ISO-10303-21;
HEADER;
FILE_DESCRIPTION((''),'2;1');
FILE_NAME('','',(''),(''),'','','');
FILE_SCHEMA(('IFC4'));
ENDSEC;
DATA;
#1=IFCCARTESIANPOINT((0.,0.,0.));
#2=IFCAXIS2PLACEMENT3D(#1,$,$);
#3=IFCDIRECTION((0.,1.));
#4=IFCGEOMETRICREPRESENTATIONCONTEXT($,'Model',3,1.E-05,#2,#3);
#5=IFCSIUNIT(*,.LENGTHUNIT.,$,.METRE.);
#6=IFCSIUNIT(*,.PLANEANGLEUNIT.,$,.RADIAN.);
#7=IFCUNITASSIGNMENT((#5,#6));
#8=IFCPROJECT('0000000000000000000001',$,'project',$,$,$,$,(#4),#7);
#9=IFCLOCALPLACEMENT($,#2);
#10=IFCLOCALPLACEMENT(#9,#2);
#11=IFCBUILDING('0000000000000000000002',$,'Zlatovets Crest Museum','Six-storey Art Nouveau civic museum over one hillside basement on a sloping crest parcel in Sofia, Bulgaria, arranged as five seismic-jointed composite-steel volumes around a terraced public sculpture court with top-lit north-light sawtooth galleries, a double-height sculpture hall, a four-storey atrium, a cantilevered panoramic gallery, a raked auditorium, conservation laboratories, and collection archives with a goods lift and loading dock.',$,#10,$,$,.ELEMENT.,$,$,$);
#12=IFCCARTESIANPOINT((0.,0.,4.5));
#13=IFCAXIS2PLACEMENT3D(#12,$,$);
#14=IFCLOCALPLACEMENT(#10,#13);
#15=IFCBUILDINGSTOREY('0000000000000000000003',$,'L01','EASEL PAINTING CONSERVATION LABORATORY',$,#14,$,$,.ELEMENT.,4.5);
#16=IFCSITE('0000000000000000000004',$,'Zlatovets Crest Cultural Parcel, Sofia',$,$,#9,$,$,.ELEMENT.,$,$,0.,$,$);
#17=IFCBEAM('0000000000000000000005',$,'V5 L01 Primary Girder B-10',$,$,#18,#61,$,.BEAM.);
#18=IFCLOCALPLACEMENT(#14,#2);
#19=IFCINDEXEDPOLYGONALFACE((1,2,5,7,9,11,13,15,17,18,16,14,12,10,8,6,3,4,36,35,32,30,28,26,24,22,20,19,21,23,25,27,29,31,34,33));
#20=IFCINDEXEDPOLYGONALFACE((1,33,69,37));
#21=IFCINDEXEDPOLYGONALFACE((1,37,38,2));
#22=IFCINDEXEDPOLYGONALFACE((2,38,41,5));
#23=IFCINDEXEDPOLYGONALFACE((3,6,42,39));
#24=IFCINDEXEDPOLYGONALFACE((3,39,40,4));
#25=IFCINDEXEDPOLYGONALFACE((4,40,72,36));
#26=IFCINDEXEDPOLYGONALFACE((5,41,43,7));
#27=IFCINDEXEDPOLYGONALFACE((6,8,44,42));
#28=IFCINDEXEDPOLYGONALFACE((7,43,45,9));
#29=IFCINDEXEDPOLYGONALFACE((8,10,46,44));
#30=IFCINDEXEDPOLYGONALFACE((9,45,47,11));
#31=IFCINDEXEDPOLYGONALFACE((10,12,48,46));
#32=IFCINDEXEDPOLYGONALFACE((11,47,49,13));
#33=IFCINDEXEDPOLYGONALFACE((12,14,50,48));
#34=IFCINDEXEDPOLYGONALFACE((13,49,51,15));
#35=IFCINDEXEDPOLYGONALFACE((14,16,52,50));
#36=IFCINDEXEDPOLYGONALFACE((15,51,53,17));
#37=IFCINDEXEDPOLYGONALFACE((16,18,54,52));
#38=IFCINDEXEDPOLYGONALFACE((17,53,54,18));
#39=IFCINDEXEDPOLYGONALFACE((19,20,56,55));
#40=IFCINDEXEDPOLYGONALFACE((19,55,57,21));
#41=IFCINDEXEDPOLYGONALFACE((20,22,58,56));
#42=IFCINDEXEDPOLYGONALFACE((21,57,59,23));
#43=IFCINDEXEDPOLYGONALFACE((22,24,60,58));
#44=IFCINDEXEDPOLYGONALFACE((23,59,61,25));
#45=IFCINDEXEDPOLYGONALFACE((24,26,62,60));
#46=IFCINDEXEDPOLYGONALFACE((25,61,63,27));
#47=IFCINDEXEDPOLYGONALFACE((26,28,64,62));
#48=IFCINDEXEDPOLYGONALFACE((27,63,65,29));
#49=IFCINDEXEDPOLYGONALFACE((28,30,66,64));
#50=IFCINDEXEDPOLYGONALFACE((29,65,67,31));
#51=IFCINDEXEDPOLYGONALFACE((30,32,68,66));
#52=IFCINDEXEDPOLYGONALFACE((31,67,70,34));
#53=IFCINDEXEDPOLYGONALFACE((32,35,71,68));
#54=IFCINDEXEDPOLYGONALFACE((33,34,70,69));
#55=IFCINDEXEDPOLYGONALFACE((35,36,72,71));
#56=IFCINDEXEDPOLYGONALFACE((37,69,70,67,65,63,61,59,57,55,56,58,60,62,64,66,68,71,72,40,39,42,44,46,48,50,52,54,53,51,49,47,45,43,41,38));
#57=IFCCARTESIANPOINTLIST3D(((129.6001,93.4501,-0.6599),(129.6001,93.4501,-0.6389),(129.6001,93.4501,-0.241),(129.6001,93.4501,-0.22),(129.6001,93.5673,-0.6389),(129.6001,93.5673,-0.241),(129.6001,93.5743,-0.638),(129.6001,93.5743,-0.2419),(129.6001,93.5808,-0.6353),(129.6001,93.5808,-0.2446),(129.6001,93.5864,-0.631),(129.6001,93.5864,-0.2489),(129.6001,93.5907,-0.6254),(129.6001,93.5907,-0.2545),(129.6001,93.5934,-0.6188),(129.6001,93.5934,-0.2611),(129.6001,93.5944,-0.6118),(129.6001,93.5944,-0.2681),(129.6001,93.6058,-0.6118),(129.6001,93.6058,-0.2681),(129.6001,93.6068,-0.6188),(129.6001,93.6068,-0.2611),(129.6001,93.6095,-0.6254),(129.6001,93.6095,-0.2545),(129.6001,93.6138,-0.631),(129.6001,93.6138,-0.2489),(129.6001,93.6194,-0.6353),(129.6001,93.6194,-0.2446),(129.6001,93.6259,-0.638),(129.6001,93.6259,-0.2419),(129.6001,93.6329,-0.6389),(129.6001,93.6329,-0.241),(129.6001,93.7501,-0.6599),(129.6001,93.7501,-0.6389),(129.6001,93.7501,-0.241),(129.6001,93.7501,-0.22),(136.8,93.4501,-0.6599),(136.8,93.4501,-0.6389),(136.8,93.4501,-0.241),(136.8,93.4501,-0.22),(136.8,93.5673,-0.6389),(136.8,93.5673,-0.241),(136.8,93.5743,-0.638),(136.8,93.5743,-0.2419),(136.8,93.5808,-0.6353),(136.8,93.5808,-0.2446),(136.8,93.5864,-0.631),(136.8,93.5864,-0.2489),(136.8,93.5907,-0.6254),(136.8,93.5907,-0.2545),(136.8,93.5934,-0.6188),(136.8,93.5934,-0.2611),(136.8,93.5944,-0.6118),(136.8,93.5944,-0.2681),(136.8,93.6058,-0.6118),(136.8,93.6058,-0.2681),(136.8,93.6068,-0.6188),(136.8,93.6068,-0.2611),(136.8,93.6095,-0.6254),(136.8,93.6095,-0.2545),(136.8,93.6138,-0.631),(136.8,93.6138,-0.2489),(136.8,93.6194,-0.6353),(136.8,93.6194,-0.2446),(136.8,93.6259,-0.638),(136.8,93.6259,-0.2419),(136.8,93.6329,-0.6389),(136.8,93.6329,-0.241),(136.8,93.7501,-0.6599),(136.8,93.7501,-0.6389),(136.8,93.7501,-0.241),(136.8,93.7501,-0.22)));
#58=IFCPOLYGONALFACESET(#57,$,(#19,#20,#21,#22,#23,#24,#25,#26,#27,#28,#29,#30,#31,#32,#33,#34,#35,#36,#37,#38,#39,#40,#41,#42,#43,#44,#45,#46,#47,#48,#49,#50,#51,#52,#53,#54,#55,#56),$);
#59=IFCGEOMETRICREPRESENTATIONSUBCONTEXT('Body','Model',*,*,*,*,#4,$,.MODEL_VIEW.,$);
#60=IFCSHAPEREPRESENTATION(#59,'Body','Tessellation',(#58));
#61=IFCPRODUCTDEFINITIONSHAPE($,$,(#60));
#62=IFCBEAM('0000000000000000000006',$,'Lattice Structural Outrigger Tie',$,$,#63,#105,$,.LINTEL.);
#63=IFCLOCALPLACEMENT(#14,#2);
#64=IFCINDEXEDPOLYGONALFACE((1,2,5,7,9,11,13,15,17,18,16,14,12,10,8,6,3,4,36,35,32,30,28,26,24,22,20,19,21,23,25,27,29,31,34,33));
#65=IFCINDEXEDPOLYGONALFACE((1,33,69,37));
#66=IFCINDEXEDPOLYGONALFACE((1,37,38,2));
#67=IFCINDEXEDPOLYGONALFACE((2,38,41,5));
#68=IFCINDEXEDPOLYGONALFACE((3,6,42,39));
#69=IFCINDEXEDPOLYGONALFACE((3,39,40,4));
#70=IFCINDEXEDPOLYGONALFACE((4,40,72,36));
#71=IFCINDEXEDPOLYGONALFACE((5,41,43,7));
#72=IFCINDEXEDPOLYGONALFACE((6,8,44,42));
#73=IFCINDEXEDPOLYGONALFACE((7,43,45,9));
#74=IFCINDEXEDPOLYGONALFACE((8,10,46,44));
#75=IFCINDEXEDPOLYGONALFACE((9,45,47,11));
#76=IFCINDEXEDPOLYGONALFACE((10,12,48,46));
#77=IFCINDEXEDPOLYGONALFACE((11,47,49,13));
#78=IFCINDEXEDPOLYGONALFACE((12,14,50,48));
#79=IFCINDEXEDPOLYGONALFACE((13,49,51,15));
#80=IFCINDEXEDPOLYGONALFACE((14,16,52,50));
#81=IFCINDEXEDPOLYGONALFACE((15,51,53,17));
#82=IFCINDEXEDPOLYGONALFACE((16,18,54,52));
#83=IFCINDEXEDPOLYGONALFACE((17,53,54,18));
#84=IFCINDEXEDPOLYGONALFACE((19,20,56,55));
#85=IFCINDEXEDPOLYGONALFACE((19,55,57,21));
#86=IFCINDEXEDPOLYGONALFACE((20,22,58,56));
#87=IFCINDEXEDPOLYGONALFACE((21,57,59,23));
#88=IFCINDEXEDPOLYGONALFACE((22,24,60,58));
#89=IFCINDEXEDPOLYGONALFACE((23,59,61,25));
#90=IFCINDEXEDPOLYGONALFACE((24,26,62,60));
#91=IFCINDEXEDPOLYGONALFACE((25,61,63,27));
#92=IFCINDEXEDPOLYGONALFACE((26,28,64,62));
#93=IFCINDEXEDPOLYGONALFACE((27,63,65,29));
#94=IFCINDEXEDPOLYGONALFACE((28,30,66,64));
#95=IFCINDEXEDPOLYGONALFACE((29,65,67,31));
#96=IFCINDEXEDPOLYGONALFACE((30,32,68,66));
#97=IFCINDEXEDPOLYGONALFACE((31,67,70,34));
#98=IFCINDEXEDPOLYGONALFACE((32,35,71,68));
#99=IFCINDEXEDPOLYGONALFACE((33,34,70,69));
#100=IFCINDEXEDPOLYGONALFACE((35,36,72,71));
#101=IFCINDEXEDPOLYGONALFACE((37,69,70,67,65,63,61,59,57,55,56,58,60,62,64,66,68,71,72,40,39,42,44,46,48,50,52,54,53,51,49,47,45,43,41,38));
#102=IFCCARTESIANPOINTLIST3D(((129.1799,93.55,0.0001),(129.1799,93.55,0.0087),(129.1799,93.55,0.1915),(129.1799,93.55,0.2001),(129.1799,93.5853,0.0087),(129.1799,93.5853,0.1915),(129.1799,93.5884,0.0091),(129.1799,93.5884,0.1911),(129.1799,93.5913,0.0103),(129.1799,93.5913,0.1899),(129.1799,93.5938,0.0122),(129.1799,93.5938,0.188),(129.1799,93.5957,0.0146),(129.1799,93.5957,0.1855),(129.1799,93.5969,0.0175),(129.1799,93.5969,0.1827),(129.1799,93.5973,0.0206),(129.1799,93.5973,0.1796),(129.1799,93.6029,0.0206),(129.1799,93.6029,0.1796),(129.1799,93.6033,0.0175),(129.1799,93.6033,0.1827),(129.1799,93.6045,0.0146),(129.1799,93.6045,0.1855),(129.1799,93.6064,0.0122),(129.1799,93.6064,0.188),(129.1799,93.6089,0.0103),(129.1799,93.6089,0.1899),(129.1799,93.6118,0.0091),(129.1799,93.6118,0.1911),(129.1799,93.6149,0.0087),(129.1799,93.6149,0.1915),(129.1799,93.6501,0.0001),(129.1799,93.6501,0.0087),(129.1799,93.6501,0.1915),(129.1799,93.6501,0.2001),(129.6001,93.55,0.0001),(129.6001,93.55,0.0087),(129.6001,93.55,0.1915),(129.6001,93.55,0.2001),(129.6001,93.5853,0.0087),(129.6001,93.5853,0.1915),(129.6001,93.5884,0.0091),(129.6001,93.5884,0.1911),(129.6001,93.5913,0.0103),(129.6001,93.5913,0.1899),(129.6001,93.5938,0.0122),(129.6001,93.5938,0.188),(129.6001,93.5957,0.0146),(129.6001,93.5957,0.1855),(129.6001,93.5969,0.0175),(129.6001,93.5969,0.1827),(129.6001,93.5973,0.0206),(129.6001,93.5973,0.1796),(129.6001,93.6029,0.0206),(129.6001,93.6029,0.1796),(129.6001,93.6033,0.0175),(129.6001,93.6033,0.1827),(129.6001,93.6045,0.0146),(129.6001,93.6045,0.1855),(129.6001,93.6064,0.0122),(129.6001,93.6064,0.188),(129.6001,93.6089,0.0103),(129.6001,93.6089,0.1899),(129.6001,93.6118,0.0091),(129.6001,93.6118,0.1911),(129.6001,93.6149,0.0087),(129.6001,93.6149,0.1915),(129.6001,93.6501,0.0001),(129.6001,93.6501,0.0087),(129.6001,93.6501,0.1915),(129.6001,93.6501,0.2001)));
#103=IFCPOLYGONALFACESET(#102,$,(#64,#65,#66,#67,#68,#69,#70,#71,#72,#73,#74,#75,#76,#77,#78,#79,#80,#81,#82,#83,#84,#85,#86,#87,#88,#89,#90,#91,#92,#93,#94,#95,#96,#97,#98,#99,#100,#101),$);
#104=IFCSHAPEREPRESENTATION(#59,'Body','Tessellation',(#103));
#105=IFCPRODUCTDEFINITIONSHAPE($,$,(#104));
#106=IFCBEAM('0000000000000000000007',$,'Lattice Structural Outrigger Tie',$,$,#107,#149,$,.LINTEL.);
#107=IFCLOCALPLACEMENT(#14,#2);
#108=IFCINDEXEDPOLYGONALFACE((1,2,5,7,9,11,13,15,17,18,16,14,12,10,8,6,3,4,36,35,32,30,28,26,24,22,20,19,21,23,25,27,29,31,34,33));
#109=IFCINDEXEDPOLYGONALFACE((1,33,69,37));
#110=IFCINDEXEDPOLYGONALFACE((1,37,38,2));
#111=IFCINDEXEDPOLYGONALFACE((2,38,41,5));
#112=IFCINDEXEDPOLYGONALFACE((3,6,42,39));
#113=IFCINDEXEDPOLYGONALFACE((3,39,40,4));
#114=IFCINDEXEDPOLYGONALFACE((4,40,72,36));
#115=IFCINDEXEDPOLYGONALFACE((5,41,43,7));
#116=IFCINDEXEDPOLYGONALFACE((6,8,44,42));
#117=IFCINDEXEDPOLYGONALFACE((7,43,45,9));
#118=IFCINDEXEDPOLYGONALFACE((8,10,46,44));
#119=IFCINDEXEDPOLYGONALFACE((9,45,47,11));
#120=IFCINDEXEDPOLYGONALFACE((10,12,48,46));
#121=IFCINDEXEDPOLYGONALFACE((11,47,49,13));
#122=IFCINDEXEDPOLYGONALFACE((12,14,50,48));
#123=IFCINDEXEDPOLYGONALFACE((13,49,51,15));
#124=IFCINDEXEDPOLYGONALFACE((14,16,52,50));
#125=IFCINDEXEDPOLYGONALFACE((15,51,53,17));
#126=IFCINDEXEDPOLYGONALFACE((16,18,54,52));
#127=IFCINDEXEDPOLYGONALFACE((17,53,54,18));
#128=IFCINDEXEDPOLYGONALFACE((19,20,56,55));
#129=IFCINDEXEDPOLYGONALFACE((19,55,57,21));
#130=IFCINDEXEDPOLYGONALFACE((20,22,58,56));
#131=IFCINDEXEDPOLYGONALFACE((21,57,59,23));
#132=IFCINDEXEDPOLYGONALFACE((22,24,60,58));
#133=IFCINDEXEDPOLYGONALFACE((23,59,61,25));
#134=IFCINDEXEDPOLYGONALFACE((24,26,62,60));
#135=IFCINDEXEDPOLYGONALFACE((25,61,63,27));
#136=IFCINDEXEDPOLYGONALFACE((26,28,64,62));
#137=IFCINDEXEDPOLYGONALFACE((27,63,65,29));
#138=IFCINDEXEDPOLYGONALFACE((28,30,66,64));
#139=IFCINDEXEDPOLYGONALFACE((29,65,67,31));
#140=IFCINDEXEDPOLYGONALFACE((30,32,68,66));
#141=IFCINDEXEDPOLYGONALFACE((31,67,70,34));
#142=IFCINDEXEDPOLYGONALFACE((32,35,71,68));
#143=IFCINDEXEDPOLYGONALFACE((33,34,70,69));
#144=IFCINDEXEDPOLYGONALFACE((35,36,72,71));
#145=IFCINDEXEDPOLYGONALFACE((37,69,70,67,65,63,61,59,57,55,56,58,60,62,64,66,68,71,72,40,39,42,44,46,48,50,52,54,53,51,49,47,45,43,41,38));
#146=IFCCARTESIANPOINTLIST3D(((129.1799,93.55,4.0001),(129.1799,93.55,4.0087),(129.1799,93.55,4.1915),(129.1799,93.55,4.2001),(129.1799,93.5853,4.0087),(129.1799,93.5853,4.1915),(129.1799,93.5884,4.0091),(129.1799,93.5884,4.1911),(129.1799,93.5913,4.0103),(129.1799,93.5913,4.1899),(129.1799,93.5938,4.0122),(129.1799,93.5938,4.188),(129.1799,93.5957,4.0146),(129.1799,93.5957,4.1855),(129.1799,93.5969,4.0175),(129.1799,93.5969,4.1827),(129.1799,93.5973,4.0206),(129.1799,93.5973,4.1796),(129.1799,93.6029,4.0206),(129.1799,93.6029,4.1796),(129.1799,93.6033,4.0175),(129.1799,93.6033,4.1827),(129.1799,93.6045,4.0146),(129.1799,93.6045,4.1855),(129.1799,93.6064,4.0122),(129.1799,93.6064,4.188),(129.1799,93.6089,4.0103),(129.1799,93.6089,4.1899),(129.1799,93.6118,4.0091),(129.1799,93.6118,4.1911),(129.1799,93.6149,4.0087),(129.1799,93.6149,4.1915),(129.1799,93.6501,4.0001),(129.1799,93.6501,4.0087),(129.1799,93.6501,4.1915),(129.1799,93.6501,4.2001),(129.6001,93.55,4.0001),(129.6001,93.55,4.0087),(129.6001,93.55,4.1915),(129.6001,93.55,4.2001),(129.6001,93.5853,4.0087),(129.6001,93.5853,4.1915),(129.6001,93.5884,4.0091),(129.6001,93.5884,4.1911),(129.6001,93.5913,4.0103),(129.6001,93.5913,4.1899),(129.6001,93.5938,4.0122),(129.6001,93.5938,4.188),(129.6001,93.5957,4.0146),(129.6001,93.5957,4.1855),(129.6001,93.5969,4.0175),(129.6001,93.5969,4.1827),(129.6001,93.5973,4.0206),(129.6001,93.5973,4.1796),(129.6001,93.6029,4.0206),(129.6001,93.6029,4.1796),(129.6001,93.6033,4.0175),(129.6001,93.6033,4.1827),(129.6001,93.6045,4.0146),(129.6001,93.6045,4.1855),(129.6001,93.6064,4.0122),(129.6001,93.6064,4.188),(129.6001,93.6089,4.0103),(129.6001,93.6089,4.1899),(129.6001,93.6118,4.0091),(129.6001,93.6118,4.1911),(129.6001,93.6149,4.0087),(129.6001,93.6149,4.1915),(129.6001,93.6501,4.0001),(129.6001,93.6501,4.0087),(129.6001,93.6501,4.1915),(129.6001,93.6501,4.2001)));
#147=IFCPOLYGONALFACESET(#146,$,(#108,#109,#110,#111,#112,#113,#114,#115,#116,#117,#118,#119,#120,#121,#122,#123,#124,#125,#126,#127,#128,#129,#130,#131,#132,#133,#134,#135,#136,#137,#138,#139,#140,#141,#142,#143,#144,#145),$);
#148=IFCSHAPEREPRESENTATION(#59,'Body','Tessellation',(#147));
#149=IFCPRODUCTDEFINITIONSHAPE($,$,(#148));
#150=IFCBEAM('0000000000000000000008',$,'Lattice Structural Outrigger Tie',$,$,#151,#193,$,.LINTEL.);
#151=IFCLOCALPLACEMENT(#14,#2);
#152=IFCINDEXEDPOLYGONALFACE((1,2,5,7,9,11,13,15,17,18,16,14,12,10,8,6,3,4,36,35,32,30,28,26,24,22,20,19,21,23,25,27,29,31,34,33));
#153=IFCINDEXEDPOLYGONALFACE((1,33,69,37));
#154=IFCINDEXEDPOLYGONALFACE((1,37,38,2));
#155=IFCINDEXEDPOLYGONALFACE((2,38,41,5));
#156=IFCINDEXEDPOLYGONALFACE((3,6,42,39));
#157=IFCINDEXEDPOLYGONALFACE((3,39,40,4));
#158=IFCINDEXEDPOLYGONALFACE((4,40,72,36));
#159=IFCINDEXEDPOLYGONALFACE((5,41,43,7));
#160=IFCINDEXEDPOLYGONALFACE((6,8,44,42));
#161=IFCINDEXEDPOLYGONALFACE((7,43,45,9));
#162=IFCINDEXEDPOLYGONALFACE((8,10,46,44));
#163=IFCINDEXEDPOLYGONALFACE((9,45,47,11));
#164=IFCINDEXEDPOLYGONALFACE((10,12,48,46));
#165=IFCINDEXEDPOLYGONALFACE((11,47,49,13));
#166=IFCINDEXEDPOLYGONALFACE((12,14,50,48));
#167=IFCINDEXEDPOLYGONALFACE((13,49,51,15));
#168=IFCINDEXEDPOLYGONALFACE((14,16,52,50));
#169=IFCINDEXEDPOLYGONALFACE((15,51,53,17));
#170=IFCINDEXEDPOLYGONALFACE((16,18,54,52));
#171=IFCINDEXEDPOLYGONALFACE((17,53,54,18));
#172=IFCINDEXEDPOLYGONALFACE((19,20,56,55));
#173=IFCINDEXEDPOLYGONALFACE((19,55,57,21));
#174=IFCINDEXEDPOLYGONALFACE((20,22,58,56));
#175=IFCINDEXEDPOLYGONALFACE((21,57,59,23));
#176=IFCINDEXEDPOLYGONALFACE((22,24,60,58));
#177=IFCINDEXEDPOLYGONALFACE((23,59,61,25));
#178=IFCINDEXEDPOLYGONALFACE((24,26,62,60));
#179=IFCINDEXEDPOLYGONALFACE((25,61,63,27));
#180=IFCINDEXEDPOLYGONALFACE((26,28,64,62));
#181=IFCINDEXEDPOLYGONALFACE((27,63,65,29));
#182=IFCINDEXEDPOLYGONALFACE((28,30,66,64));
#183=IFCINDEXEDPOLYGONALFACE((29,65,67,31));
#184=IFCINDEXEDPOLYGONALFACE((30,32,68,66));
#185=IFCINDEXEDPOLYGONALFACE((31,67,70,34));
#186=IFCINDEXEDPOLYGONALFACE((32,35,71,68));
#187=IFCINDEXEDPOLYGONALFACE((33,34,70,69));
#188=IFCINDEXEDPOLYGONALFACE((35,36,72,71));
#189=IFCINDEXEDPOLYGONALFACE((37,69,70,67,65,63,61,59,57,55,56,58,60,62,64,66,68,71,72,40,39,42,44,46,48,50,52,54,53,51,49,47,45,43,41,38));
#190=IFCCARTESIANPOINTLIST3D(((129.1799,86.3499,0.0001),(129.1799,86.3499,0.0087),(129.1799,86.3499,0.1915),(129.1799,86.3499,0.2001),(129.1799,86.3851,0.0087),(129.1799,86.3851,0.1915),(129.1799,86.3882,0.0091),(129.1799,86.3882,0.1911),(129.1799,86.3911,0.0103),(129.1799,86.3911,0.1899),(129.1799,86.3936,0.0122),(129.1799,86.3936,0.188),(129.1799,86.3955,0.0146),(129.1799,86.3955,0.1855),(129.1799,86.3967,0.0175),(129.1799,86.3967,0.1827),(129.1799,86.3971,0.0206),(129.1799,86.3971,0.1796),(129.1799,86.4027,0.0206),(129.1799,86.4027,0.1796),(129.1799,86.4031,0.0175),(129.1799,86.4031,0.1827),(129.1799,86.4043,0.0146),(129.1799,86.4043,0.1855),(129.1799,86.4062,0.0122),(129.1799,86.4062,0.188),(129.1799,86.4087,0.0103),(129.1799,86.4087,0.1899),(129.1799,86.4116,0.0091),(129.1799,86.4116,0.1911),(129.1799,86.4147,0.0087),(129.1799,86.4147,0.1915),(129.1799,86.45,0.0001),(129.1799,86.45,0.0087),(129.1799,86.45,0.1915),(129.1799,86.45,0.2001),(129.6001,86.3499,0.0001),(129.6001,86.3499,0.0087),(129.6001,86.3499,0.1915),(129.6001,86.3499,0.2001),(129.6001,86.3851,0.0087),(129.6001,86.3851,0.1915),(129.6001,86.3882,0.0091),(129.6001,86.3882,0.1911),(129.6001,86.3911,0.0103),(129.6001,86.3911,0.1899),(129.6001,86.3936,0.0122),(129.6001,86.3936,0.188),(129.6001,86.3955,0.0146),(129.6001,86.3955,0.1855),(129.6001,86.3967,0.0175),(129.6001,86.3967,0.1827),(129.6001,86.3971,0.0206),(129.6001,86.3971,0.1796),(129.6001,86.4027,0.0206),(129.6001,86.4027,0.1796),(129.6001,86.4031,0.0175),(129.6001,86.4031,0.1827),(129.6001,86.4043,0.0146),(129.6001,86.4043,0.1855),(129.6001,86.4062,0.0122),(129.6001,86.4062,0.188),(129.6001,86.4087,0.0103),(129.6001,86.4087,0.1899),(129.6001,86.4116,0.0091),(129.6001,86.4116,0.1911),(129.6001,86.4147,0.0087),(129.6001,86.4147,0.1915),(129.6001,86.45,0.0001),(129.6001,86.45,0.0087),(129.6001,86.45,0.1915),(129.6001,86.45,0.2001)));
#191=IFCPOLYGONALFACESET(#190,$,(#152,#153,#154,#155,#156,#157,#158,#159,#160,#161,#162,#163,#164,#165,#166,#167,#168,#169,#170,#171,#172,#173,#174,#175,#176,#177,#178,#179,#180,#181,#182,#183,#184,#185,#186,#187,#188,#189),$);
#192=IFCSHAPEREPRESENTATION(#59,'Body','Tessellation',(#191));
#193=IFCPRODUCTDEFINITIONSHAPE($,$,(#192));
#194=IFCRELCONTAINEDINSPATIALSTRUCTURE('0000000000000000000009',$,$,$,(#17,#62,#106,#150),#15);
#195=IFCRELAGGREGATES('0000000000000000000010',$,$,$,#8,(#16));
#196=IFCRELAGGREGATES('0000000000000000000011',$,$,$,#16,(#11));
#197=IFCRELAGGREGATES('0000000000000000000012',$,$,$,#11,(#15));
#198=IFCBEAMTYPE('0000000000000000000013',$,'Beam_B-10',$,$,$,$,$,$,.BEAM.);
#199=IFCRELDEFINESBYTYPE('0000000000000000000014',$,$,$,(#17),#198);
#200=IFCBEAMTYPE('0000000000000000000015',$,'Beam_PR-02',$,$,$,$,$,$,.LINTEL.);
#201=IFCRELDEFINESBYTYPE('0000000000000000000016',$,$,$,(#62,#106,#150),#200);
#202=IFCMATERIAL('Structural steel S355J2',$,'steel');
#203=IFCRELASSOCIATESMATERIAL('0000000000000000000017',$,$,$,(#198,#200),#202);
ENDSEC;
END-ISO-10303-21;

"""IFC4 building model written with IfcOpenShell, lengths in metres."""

from ifc_helpers import new_model, si_unit, direction, frame, origin, origin_2d, place, context, subcontext, project, spatial, i_section, extrude, material, material_profile, profile_set, type_object, element, save


model = new_model("IFC4")

# Units and contexts
model_context = context("Model", 3, precision=1e-05, world=origin(), true_north=direction((0.0, 1.0)))
body_context = subcontext(model_context, "Body", "Model", "MODEL_VIEW")
ifc_project = project(units=[si_unit("LENGTHUNIT", "METRE"), si_unit("PLANEANGLEUNIT", "RADIAN")], contexts=[model_context])

# Site, building, storey
site_placement = place(None, origin())
site = spatial("IfcSite", under=ifc_project, at=site_placement, Name="Zlatovets Crest Cultural Parcel, Sofia", CompositionType="ELEMENT", RefElevation=0.0)
building_placement = place(site_placement, origin())
building = spatial("IfcBuilding", under=site, at=building_placement, Name="Zlatovets Crest Museum", Description="Six-storey Art Nouveau civic museum over one hillside basement on a sloping crest parcel in Sofia, Bulgaria, arranged as five seismic-jointed composite-steel volumes around a terraced public sculpture court with top-lit north-light sawtooth galleries, a double-height sculpture hall, a four-storey atrium, a cantilevered panoramic gallery, a raked auditorium, conservation laboratories, and collection archives with a goods lift and loading dock.", CompositionType="ELEMENT")
storey_placement = place(building_placement, frame((0.0, 0.0, 4.5)))
storey = spatial("IfcBuildingStorey", under=building, at=storey_placement, Name="L01", Description="EASEL PAINTING CONSERVATION LABORATORY", CompositionType="ELEMENT", Elevation=4.5)

# Shared definitions
ifc_material_1 = material(Name="Structural steel S355J2", Category="steel")

# Beams
ifc_material_profile_1 = material_profile(ifc_material_1, i_section(OverallWidth=0.3, OverallDepth=0.4399, WebThickness=0.0115, FlangeThickness=0.021, FilletRadius=0.0271, at=origin_2d()), Name="HEA 450")
ifc_profile_set_1 = profile_set([ifc_material_profile_1], Name="Structural steel S355J2")
beam_type_1 = type_object("IfcBeamType", Name="Beam_B-10", PredefinedType="BEAM", material=ifc_profile_set_1)
beam_1_placement = place(storey_placement, frame((129.6001, 93.6001, -0.4399), z_axis=(1.0, 0.0, 0.0), x_axis=(0.0, 1.0, 0.0)))
element("IfcBeam", 1, at=beam_1_placement, inside=storey, type_object=beam_type_1, Name="V5 L01 Primary Girder B-10", PredefinedType="BEAM", context=body_context, shape_type="SweptSolid", body=[
    extrude(i_section(OverallWidth=0.3, OverallDepth=0.4399, WebThickness=0.0115, FlangeThickness=0.021, FilletRadius=0.0271, at=origin_2d()), origin(), (0.0, 0.0, 1.0), 7.2),
])
ifc_material_profile_2 = material_profile(ifc_material_1, i_section(OverallWidth=0.1001, OverallDepth=0.2, WebThickness=0.0056, FlangeThickness=0.0085, FilletRadius=0.012, at=origin_2d()), Name="IPE 200")
ifc_profile_set_2 = profile_set([ifc_material_profile_2], Name="Structural steel S355J2")
beam_type_2 = type_object("IfcBeamType", Name="Beam_PR-02", PredefinedType="LINTEL", material=ifc_profile_set_2)
for number, where, z_axis, x_axis, name in (
    (2, (129.6001, 93.6001, 0.1001), (-1.0, 0.0, 0.0), (0.0, -1.0, 0.0), "Lattice Structural Outrigger Tie"),
    (3, (129.6001, 93.6001, 4.1001), (-1.0, 0.0, 0.0), (0.0, -1.0, 0.0), "Lattice Structural Outrigger Tie"),
    (4, (129.6001, 86.3999, 0.1001), (-1.0, 0.0, 0.0), (0.0, -1.0, 0.0), "Lattice Structural Outrigger Tie"),
):
    element("IfcBeam", number, at=place(storey_placement, frame(where, z_axis=z_axis, x_axis=x_axis)), inside=storey, type_object=beam_type_2, Name=name, PredefinedType="LINTEL", context=body_context, shape_type="SweptSolid", body=[
        extrude(i_section(OverallWidth=0.1001, OverallDepth=0.2, WebThickness=0.0056, FlangeThickness=0.0085, FilletRadius=0.012, at=origin_2d()), origin(), (0.0, 0.0, 1.0), 0.4202),
    ])

save(model, "model.ifc")
